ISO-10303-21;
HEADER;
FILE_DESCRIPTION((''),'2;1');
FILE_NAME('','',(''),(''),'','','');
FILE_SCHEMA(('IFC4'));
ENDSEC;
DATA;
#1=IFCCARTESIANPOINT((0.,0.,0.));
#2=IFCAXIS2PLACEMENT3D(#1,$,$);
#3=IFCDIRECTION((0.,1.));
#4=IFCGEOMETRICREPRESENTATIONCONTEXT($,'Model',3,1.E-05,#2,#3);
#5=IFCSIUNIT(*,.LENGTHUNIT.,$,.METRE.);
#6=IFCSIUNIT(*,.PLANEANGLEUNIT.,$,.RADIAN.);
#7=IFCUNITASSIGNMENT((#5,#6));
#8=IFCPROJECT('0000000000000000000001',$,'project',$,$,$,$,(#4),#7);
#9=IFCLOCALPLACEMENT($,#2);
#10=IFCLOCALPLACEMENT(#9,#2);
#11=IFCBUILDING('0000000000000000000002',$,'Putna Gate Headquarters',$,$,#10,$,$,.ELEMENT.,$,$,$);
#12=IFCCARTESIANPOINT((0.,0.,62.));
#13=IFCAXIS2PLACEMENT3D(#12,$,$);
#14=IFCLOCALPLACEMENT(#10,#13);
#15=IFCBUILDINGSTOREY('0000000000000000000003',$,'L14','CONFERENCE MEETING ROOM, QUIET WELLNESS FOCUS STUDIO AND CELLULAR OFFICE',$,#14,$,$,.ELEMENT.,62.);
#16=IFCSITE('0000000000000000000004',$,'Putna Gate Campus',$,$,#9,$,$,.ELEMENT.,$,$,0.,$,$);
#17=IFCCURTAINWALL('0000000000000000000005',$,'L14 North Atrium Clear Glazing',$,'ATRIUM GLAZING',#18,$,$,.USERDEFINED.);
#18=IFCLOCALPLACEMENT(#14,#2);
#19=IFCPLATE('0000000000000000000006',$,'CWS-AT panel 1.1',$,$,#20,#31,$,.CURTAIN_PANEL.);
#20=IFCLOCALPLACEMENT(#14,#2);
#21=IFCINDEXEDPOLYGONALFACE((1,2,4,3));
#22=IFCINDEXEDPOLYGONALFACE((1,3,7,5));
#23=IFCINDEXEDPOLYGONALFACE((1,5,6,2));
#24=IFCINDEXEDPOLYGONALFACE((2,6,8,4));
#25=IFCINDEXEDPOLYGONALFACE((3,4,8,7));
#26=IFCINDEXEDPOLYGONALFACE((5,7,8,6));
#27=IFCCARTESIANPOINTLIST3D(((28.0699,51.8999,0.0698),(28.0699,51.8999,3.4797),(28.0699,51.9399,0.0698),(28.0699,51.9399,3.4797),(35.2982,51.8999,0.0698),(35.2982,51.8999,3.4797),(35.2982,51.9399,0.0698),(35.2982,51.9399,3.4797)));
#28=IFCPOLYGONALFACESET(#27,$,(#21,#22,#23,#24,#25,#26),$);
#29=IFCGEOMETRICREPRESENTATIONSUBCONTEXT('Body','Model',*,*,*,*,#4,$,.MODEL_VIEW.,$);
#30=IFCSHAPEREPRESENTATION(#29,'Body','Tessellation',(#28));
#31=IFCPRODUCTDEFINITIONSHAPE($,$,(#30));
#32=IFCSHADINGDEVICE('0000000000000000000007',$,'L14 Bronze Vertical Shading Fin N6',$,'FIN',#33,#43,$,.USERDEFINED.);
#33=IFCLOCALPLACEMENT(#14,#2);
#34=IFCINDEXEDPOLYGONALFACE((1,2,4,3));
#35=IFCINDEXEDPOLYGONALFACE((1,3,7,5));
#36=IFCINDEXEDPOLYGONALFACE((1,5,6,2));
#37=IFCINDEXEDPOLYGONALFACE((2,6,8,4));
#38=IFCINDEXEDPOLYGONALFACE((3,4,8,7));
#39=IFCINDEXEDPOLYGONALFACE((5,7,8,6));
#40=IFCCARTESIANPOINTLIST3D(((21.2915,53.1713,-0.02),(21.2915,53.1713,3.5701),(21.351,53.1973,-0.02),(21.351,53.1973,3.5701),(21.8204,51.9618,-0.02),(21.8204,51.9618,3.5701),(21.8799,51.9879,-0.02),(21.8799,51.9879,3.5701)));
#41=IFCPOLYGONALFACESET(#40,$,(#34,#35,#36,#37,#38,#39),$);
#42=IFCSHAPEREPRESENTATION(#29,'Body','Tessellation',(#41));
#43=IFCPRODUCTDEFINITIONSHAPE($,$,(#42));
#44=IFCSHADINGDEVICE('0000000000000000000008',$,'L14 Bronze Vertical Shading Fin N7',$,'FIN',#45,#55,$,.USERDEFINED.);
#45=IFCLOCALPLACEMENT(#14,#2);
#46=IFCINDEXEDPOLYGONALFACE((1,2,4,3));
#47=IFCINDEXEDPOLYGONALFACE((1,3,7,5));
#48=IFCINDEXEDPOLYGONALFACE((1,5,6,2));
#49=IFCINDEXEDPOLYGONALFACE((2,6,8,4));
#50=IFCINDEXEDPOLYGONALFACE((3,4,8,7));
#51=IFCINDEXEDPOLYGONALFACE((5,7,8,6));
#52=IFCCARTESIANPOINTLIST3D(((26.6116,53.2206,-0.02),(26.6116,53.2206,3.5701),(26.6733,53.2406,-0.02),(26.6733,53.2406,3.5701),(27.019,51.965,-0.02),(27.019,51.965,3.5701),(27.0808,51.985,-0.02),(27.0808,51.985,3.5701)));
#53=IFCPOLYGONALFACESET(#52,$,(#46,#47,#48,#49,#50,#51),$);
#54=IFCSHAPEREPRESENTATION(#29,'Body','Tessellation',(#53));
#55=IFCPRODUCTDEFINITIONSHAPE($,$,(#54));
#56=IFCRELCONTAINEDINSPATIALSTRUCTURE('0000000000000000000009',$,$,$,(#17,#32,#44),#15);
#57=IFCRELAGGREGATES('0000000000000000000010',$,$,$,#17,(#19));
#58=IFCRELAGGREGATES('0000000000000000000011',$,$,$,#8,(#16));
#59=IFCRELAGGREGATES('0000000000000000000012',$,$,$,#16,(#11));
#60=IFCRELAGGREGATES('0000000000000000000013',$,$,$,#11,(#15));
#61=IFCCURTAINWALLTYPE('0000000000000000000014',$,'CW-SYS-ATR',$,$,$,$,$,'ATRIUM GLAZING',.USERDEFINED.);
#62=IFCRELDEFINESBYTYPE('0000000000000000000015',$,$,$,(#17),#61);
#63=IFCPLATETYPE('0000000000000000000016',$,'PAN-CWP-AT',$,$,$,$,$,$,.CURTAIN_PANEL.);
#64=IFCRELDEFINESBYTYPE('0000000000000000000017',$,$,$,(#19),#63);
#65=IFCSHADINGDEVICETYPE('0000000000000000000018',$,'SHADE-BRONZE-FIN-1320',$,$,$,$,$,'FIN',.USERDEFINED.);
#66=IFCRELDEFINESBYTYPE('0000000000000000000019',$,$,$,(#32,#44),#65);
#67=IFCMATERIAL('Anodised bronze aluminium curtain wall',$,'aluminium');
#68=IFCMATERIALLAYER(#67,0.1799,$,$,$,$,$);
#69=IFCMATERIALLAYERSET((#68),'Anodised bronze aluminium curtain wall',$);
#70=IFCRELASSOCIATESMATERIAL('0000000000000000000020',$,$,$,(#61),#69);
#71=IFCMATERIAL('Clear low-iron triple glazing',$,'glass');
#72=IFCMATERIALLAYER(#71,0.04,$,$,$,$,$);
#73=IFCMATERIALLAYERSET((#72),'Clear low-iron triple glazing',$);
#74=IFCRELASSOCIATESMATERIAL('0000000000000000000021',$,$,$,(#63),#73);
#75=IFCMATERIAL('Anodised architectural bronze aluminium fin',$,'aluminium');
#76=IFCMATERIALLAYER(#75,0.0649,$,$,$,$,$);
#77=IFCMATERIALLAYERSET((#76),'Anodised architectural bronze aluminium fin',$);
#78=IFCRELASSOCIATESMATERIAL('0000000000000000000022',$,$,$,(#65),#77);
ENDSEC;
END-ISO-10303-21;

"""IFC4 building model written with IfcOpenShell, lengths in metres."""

from ifc_helpers import new_model, si_unit, direction, frame, origin, origin_2d, place, context, subcontext, project, spatial, rectangle, extrude, material, layer, layer_set, type_object, element, aggregate, save


model = new_model("IFC4")

# Units and contexts
model_context = context("Model", 3, precision=1e-05, world=origin(), true_north=direction((0.0, 1.0)))
body_context = subcontext(model_context, "Body", "Model", "MODEL_VIEW")
ifc_project = project(units=[si_unit("LENGTHUNIT", "METRE"), si_unit("PLANEANGLEUNIT", "RADIAN")], contexts=[model_context])

# Site, building, storey
site_placement = place(None, origin())
site = spatial("IfcSite", under=ifc_project, at=site_placement, Name="Putna Gate Campus", CompositionType="ELEMENT", RefElevation=0.0)
building_placement = place(site_placement, origin())
building = spatial("IfcBuilding", under=site, at=building_placement, Name="Putna Gate Headquarters", CompositionType="ELEMENT")
storey_placement = place(building_placement, frame((0.0, 0.0, 62.0)))
storey = spatial("IfcBuildingStorey", under=building, at=storey_placement, Name="L14", Description="CONFERENCE MEETING ROOM, QUIET WELLNESS FOCUS STUDIO AND CELLULAR OFFICE", CompositionType="ELEMENT", Elevation=62.0)

# Curtain wall
ifc_material_1 = material(Name="Anodised bronze aluminium curtain wall", Category="aluminium")
ifc_layer_1 = layer(ifc_material_1, 0.1799)
ifc_layer_set_1 = layer_set([ifc_layer_1], Name="Anodised bronze aluminium curtain wall")
curtain_wall_type_1 = type_object("IfcCurtainWallType", Name="CW-SYS-ATR", ElementType="ATRIUM GLAZING", PredefinedType="USERDEFINED", material=ifc_layer_set_1)
curtain_wall_1_placement = place(storey_placement, origin())
curtain_wall_1 = element("IfcCurtainWall", 1, at=curtain_wall_1_placement, inside=storey, type_object=curtain_wall_type_1, Name="L14 North Atrium Clear Glazing", ObjectType="ATRIUM GLAZING", PredefinedType="USERDEFINED")

# Plate
ifc_material_2 = material(Name="Clear low-iron triple glazing", Category="glass")
ifc_layer_2 = layer(ifc_material_2, 0.04)
ifc_layer_set_2 = layer_set([ifc_layer_2], Name="Clear low-iron triple glazing")
plate_type_1 = type_object("IfcPlateType", Name="PAN-CWP-AT", PredefinedType="CURTAIN_PANEL", material=ifc_layer_set_2)
plate_1_placement = place(storey_placement, frame((31.6841, 51.9199, 0.0698), z_axis=(0.0, 0.0, 1.0), x_axis=(1.0, 0.0, 0.0)))
plate_1 = element("IfcPlate", 2, at=plate_1_placement, type_object=plate_type_1, Name="CWS-AT panel 1.1", PredefinedType="CURTAIN_PANEL", context=body_context, shape_type="SweptSolid", body=[
    extrude(rectangle(XDim=7.2283, YDim=0.04, at=origin_2d()), origin(), (0.0, 0.0, 1.0), 3.4099),
])
aggregate(curtain_wall_1, [plate_1])

# Shading devices
ifc_material_3 = material(Name="Anodised architectural bronze aluminium fin", Category="aluminium")
ifc_layer_3 = layer(ifc_material_3, 0.0649)
ifc_layer_set_3 = layer_set([ifc_layer_3], Name="Anodised architectural bronze aluminium fin")
shading_device_type = type_object("IfcShadingDeviceType", Name="SHADE-BRONZE-FIN-1320", ElementType="FIN", PredefinedType="USERDEFINED", material=ifc_layer_set_3)
for number, where, z_axis, x_axis, name in (
    (3, (21.5857, 52.5796, -0.02), (0.0, 0.0, 1.0), (-0.400669, 0.916223, 0.0), "L14 Bronze Vertical Shading Fin N6"),
    (4, (26.8462, 52.6028, -0.02), (0.0, 0.0, 1.0), (-0.308685, 0.951164, 0.0), "L14 Bronze Vertical Shading Fin N7"),
):
    element("IfcShadingDevice", number, at=place(storey_placement, frame(where, z_axis=z_axis, x_axis=x_axis)), inside=storey, type_object=shading_device_type, Name=name, ObjectType="FIN", PredefinedType="USERDEFINED", context=body_context, shape_type="SweptSolid", body=[
        extrude(rectangle(XDim=1.3201, YDim=0.0649, at=origin_2d()), origin(), (0.0, 0.0, 1.0), 3.5901),
    ])

save(model, "model.ifc")
